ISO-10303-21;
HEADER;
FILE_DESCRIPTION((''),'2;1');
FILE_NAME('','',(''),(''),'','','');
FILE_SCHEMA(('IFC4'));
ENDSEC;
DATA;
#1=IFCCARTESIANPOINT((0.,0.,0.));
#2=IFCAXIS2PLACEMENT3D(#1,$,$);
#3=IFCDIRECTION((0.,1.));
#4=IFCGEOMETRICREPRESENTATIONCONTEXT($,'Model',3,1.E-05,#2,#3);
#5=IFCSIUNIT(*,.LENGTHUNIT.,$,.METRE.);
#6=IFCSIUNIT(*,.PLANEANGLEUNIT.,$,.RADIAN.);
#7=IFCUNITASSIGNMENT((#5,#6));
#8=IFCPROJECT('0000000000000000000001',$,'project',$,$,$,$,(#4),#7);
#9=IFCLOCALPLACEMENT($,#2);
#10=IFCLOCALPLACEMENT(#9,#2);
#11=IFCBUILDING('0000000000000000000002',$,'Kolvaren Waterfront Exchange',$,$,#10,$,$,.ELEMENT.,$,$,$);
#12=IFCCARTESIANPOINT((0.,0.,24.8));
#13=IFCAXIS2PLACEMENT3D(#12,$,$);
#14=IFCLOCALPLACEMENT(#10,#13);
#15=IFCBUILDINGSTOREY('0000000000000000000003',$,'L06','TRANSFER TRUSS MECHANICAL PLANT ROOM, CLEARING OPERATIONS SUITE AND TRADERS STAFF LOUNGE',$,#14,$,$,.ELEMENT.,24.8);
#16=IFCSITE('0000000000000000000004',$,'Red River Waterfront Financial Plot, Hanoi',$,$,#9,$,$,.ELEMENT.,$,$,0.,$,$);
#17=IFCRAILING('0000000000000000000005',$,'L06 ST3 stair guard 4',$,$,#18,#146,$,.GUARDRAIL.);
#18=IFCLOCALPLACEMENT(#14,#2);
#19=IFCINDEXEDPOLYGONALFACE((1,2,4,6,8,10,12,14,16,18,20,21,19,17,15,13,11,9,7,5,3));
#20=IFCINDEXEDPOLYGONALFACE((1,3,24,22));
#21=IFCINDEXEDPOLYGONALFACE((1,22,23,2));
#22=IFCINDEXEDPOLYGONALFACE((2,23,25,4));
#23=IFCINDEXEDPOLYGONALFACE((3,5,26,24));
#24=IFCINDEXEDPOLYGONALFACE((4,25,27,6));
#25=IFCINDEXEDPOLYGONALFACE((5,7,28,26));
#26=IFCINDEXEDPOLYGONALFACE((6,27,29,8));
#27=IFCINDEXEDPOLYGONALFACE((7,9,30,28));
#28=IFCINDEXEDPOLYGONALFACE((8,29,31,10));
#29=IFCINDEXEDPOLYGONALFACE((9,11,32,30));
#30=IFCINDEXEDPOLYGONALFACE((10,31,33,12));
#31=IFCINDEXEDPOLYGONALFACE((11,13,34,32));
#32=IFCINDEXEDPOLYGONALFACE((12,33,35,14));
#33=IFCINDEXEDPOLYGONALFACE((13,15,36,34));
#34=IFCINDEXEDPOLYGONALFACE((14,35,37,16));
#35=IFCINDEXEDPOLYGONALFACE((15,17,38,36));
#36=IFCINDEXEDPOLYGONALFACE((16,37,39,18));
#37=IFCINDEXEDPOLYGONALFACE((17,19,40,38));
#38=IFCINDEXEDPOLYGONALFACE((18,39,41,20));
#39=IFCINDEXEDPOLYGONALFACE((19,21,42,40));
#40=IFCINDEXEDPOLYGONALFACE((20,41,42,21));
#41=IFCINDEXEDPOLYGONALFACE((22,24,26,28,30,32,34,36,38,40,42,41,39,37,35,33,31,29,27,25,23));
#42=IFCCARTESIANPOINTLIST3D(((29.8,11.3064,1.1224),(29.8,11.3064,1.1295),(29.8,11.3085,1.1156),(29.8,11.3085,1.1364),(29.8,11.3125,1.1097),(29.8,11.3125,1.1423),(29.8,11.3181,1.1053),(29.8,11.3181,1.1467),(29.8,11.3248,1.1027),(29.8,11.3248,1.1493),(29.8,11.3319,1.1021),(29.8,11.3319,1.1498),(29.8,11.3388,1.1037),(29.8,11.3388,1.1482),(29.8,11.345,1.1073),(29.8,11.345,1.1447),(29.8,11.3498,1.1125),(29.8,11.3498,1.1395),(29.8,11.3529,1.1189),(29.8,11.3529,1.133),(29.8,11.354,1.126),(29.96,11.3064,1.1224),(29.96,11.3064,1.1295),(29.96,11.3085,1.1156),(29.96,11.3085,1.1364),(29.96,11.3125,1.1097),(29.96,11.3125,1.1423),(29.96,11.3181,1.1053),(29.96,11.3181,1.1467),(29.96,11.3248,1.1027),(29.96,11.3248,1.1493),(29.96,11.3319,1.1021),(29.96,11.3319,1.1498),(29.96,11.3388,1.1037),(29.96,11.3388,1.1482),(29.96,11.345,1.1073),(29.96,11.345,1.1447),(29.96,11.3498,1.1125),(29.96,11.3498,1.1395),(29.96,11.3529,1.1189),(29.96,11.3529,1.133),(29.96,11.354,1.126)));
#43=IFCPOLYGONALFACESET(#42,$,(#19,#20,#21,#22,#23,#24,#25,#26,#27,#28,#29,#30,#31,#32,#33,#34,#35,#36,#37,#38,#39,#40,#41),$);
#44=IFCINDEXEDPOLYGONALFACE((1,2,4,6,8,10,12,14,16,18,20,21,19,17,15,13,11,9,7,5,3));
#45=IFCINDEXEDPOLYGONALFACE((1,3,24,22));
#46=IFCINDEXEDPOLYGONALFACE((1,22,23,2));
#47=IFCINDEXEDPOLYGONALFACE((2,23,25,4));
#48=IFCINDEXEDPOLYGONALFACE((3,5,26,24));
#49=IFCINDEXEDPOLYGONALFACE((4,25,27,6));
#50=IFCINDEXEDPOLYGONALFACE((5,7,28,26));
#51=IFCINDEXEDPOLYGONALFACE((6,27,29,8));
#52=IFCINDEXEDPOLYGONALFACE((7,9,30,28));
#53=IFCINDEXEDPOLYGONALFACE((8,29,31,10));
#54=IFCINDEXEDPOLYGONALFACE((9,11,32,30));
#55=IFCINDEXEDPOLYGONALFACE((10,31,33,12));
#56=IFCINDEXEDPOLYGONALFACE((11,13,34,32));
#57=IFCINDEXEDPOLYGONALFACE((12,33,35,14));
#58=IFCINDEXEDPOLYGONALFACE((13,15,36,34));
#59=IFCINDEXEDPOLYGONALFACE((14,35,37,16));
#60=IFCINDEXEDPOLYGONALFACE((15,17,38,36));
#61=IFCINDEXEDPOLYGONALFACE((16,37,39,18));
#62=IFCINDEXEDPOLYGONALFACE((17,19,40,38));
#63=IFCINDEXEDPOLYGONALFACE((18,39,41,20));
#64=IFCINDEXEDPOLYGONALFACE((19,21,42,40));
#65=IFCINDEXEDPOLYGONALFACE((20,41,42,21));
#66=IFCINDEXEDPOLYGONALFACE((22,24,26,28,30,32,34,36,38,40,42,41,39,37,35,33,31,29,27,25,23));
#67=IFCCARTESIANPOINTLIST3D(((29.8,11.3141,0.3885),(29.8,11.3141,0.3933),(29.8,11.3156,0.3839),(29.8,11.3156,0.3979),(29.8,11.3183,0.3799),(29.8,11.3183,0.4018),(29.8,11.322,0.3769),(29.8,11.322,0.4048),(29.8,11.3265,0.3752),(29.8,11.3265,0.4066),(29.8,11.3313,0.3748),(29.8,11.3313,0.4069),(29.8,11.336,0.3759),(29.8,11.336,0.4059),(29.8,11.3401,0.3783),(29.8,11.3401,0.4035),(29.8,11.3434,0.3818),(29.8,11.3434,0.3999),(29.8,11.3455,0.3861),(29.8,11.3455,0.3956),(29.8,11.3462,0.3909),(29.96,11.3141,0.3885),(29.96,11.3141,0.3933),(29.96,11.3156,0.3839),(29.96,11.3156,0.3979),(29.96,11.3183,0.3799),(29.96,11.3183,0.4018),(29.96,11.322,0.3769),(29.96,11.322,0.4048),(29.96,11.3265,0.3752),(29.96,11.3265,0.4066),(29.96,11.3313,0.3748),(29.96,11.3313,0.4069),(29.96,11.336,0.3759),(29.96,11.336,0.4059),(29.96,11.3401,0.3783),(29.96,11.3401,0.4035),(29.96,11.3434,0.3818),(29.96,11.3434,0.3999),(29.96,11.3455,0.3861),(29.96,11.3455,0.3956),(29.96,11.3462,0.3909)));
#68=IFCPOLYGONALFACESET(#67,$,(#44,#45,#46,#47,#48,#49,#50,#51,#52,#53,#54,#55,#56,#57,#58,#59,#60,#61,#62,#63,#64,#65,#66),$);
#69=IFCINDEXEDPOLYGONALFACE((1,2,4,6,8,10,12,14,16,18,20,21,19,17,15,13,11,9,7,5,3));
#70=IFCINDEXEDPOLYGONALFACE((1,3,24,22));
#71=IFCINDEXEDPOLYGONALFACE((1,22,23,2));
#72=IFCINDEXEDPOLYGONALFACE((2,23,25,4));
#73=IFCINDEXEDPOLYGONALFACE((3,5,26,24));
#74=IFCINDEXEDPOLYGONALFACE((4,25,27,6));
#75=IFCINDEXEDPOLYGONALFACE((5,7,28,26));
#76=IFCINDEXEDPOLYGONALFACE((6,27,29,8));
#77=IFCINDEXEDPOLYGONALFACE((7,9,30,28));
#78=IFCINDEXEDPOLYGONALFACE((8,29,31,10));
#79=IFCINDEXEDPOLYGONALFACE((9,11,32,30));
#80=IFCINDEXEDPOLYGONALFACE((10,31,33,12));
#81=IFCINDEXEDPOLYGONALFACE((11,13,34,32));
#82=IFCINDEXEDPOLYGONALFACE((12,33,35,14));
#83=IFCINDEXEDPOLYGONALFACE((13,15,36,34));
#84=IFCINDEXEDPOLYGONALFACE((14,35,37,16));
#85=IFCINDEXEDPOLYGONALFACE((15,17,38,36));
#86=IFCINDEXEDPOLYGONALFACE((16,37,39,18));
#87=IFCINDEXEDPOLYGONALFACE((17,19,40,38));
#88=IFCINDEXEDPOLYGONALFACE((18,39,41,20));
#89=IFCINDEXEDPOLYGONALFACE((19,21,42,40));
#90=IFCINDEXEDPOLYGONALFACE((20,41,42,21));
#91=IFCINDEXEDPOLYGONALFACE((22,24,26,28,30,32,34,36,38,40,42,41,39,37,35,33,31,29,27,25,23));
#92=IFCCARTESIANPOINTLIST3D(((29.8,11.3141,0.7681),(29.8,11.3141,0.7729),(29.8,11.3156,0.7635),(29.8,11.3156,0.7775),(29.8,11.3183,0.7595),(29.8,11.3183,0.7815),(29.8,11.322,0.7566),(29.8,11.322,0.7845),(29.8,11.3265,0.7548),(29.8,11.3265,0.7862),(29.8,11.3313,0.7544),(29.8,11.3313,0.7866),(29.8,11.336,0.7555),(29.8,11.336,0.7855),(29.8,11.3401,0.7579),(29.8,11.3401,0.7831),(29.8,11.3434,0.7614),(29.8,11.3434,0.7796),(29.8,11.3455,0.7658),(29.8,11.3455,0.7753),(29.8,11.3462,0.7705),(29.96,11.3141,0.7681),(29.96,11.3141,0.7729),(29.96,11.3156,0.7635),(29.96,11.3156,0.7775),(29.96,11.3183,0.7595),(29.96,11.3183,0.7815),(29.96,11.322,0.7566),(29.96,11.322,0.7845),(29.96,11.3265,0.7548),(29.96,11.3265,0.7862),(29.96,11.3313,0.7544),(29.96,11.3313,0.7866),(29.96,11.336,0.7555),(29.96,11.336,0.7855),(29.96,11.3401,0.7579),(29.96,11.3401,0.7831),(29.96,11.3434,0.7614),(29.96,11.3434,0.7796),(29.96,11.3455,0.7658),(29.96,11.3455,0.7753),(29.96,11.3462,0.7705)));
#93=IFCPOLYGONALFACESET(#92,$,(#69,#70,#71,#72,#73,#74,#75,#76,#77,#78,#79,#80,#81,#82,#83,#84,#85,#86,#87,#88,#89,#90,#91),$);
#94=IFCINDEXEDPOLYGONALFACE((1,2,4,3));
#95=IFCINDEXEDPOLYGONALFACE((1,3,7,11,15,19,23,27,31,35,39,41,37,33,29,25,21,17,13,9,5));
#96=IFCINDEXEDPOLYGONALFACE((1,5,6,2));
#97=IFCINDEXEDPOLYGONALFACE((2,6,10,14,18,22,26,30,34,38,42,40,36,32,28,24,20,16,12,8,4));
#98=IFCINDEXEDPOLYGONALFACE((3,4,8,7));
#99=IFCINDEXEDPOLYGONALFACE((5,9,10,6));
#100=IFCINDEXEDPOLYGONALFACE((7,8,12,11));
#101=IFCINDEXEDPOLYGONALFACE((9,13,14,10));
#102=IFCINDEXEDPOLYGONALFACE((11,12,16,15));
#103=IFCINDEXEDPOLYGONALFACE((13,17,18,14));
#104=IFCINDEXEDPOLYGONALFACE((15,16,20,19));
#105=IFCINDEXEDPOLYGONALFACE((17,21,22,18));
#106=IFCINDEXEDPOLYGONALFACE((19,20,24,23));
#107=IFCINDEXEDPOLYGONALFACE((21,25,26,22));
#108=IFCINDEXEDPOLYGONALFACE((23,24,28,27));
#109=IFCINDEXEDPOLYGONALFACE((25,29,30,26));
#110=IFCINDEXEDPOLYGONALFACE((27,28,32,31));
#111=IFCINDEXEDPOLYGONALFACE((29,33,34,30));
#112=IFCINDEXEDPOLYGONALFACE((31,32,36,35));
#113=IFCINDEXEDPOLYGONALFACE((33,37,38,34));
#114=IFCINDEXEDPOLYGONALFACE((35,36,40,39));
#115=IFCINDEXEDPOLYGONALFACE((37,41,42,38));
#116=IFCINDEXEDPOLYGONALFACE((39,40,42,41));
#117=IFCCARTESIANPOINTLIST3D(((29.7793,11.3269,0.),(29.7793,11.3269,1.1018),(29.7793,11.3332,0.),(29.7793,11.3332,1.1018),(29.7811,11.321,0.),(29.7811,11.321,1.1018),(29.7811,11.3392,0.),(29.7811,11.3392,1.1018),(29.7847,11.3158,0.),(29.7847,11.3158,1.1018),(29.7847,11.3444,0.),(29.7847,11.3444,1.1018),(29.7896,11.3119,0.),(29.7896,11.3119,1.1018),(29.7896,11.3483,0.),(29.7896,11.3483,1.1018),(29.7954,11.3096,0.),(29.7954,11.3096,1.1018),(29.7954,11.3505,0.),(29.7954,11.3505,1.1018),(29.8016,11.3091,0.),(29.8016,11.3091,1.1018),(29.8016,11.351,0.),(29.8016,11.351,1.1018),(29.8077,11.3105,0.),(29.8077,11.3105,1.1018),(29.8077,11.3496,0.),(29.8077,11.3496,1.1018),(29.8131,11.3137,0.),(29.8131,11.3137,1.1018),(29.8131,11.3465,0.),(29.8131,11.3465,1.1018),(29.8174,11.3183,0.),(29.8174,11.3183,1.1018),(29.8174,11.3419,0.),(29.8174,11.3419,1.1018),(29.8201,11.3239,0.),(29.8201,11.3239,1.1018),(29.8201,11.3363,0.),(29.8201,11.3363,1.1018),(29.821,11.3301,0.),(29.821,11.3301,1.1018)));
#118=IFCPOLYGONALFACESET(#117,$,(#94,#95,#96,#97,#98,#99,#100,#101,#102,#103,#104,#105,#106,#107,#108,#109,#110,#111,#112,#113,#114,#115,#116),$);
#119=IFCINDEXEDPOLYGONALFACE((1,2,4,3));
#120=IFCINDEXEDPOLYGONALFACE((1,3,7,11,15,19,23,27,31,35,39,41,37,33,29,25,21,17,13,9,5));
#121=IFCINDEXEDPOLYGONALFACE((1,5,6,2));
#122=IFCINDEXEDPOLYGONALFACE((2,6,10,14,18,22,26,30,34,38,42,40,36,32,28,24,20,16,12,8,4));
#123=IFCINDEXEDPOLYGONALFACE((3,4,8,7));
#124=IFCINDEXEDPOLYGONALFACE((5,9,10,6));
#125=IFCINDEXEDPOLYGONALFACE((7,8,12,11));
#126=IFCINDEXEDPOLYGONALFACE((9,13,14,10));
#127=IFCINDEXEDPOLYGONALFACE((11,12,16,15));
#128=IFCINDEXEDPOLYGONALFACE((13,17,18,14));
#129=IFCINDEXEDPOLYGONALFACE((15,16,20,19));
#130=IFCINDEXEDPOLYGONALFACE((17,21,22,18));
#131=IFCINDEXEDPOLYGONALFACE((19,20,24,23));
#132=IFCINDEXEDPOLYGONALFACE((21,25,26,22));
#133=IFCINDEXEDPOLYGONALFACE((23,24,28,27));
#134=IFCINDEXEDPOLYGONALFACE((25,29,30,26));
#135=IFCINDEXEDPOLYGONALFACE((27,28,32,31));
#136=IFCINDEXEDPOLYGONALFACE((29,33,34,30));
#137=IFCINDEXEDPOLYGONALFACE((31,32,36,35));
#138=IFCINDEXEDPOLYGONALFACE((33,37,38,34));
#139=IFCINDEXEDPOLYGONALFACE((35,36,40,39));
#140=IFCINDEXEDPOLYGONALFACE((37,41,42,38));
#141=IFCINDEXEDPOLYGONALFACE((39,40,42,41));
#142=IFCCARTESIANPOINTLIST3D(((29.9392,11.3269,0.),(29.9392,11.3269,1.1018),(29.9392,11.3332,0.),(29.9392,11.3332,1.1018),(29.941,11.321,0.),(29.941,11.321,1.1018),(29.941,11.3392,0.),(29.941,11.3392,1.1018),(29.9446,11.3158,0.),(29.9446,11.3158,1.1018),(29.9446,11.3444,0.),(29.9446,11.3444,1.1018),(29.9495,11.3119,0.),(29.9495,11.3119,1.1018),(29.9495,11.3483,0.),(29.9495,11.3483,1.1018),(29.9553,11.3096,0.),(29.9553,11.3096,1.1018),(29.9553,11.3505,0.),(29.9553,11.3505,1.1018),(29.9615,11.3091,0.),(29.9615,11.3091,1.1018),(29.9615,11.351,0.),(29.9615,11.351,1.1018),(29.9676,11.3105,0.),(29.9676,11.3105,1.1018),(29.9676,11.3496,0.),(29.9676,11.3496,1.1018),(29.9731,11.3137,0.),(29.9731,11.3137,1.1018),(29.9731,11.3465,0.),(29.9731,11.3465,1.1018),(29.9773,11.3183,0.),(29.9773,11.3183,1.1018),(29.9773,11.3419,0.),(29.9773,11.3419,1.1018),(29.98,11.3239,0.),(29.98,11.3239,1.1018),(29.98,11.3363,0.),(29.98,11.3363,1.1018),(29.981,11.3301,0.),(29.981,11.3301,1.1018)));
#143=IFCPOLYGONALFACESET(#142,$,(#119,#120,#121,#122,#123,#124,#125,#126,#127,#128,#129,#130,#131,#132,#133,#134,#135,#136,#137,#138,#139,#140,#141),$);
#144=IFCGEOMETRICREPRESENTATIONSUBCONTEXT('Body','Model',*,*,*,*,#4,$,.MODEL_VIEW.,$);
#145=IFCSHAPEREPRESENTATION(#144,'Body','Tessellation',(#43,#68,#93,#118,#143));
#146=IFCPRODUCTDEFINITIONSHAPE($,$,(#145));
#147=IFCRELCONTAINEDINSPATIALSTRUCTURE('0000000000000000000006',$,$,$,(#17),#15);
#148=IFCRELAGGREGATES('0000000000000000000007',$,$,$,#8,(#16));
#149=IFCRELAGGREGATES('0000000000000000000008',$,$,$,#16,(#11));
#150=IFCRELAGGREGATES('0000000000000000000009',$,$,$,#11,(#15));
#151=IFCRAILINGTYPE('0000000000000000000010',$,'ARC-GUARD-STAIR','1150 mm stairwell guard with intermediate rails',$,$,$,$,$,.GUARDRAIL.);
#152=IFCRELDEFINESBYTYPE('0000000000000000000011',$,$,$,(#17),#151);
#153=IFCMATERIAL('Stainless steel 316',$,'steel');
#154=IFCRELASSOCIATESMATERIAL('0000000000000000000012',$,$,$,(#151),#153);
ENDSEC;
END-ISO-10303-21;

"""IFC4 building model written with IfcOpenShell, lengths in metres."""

from ifc_helpers import new_model, si_unit, direction, frame, origin, origin_2d, place, context, subcontext, project, spatial, circle, extrude, material, type_object, element, save


model = new_model("IFC4")

# Units and contexts
model_context = context("Model", 3, precision=1e-05, world=origin(), true_north=direction((0.0, 1.0)))
body_context = subcontext(model_context, "Body", "Model", "MODEL_VIEW")
ifc_project = project(units=[si_unit("LENGTHUNIT", "METRE"), si_unit("PLANEANGLEUNIT", "RADIAN")], contexts=[model_context])

# Site, building, storey
site_placement = place(None, origin())
site = spatial("IfcSite", under=ifc_project, at=site_placement, Name="Red River Waterfront Financial Plot, Hanoi", CompositionType="ELEMENT", RefElevation=0.0)
building_placement = place(site_placement, origin())
building = spatial("IfcBuilding", under=site, at=building_placement, Name="Kolvaren Waterfront Exchange", CompositionType="ELEMENT")
storey_placement = place(building_placement, frame((0.0, 0.0, 24.8)))
storey = spatial("IfcBuildingStorey", under=building, at=storey_placement, Name="L06", Description="TRANSFER TRUSS MECHANICAL PLANT ROOM, CLEARING OPERATIONS SUITE AND TRADERS STAFF LOUNGE", CompositionType="ELEMENT", Elevation=24.8)

# Railing
ifc_material_1 = material(Name="Stainless steel 316", Category="steel")
railing_type_1 = type_object("IfcRailingType", Name="ARC-GUARD-STAIR", Description="1150 mm stairwell guard with intermediate rails", PredefinedType="GUARDRAIL", material=ifc_material_1)
railing_1_placement = place(storey_placement, frame((29.8, 11.3301, 0.0)))
element("IfcRailing", 1, at=railing_1_placement, inside=storey, type_object=railing_type_1, Name="L06 ST3 stair guard 4", PredefinedType="GUARDRAIL", context=body_context, shape_type="SweptSolid", body=[
    extrude(circle(Radius=0.0239, at=origin_2d()), frame((0.0, 0.0, 1.126), z_axis=(1.0, 0.0, 0.0), x_axis=(0.0, 1.0, 0.0)), (0.0, 0.0, 1.0), 0.1599),
    extrude(circle(Radius=0.0161, at=origin_2d()), frame((0.0, 0.0, 0.3909), z_axis=(1.0, 0.0, 0.0), x_axis=(0.0, 1.0, 0.0)), (0.0, 0.0, 1.0), 0.1599),
    extrude(circle(Radius=0.0161, at=origin_2d()), frame((0.0, 0.0, 0.7705), z_axis=(1.0, 0.0, 0.0), x_axis=(0.0, 1.0, 0.0)), (0.0, 0.0, 1.0), 0.1599),
    extrude(circle(Radius=0.021, at=origin_2d()), origin(), (0.0, 0.0, 1.0), 1.1018),
    extrude(circle(Radius=0.021, at=origin_2d()), frame((0.1599, 0.0, 0.0)), (0.0, 0.0, 1.0), 1.1018),
])

save(model, "model.ifc")
